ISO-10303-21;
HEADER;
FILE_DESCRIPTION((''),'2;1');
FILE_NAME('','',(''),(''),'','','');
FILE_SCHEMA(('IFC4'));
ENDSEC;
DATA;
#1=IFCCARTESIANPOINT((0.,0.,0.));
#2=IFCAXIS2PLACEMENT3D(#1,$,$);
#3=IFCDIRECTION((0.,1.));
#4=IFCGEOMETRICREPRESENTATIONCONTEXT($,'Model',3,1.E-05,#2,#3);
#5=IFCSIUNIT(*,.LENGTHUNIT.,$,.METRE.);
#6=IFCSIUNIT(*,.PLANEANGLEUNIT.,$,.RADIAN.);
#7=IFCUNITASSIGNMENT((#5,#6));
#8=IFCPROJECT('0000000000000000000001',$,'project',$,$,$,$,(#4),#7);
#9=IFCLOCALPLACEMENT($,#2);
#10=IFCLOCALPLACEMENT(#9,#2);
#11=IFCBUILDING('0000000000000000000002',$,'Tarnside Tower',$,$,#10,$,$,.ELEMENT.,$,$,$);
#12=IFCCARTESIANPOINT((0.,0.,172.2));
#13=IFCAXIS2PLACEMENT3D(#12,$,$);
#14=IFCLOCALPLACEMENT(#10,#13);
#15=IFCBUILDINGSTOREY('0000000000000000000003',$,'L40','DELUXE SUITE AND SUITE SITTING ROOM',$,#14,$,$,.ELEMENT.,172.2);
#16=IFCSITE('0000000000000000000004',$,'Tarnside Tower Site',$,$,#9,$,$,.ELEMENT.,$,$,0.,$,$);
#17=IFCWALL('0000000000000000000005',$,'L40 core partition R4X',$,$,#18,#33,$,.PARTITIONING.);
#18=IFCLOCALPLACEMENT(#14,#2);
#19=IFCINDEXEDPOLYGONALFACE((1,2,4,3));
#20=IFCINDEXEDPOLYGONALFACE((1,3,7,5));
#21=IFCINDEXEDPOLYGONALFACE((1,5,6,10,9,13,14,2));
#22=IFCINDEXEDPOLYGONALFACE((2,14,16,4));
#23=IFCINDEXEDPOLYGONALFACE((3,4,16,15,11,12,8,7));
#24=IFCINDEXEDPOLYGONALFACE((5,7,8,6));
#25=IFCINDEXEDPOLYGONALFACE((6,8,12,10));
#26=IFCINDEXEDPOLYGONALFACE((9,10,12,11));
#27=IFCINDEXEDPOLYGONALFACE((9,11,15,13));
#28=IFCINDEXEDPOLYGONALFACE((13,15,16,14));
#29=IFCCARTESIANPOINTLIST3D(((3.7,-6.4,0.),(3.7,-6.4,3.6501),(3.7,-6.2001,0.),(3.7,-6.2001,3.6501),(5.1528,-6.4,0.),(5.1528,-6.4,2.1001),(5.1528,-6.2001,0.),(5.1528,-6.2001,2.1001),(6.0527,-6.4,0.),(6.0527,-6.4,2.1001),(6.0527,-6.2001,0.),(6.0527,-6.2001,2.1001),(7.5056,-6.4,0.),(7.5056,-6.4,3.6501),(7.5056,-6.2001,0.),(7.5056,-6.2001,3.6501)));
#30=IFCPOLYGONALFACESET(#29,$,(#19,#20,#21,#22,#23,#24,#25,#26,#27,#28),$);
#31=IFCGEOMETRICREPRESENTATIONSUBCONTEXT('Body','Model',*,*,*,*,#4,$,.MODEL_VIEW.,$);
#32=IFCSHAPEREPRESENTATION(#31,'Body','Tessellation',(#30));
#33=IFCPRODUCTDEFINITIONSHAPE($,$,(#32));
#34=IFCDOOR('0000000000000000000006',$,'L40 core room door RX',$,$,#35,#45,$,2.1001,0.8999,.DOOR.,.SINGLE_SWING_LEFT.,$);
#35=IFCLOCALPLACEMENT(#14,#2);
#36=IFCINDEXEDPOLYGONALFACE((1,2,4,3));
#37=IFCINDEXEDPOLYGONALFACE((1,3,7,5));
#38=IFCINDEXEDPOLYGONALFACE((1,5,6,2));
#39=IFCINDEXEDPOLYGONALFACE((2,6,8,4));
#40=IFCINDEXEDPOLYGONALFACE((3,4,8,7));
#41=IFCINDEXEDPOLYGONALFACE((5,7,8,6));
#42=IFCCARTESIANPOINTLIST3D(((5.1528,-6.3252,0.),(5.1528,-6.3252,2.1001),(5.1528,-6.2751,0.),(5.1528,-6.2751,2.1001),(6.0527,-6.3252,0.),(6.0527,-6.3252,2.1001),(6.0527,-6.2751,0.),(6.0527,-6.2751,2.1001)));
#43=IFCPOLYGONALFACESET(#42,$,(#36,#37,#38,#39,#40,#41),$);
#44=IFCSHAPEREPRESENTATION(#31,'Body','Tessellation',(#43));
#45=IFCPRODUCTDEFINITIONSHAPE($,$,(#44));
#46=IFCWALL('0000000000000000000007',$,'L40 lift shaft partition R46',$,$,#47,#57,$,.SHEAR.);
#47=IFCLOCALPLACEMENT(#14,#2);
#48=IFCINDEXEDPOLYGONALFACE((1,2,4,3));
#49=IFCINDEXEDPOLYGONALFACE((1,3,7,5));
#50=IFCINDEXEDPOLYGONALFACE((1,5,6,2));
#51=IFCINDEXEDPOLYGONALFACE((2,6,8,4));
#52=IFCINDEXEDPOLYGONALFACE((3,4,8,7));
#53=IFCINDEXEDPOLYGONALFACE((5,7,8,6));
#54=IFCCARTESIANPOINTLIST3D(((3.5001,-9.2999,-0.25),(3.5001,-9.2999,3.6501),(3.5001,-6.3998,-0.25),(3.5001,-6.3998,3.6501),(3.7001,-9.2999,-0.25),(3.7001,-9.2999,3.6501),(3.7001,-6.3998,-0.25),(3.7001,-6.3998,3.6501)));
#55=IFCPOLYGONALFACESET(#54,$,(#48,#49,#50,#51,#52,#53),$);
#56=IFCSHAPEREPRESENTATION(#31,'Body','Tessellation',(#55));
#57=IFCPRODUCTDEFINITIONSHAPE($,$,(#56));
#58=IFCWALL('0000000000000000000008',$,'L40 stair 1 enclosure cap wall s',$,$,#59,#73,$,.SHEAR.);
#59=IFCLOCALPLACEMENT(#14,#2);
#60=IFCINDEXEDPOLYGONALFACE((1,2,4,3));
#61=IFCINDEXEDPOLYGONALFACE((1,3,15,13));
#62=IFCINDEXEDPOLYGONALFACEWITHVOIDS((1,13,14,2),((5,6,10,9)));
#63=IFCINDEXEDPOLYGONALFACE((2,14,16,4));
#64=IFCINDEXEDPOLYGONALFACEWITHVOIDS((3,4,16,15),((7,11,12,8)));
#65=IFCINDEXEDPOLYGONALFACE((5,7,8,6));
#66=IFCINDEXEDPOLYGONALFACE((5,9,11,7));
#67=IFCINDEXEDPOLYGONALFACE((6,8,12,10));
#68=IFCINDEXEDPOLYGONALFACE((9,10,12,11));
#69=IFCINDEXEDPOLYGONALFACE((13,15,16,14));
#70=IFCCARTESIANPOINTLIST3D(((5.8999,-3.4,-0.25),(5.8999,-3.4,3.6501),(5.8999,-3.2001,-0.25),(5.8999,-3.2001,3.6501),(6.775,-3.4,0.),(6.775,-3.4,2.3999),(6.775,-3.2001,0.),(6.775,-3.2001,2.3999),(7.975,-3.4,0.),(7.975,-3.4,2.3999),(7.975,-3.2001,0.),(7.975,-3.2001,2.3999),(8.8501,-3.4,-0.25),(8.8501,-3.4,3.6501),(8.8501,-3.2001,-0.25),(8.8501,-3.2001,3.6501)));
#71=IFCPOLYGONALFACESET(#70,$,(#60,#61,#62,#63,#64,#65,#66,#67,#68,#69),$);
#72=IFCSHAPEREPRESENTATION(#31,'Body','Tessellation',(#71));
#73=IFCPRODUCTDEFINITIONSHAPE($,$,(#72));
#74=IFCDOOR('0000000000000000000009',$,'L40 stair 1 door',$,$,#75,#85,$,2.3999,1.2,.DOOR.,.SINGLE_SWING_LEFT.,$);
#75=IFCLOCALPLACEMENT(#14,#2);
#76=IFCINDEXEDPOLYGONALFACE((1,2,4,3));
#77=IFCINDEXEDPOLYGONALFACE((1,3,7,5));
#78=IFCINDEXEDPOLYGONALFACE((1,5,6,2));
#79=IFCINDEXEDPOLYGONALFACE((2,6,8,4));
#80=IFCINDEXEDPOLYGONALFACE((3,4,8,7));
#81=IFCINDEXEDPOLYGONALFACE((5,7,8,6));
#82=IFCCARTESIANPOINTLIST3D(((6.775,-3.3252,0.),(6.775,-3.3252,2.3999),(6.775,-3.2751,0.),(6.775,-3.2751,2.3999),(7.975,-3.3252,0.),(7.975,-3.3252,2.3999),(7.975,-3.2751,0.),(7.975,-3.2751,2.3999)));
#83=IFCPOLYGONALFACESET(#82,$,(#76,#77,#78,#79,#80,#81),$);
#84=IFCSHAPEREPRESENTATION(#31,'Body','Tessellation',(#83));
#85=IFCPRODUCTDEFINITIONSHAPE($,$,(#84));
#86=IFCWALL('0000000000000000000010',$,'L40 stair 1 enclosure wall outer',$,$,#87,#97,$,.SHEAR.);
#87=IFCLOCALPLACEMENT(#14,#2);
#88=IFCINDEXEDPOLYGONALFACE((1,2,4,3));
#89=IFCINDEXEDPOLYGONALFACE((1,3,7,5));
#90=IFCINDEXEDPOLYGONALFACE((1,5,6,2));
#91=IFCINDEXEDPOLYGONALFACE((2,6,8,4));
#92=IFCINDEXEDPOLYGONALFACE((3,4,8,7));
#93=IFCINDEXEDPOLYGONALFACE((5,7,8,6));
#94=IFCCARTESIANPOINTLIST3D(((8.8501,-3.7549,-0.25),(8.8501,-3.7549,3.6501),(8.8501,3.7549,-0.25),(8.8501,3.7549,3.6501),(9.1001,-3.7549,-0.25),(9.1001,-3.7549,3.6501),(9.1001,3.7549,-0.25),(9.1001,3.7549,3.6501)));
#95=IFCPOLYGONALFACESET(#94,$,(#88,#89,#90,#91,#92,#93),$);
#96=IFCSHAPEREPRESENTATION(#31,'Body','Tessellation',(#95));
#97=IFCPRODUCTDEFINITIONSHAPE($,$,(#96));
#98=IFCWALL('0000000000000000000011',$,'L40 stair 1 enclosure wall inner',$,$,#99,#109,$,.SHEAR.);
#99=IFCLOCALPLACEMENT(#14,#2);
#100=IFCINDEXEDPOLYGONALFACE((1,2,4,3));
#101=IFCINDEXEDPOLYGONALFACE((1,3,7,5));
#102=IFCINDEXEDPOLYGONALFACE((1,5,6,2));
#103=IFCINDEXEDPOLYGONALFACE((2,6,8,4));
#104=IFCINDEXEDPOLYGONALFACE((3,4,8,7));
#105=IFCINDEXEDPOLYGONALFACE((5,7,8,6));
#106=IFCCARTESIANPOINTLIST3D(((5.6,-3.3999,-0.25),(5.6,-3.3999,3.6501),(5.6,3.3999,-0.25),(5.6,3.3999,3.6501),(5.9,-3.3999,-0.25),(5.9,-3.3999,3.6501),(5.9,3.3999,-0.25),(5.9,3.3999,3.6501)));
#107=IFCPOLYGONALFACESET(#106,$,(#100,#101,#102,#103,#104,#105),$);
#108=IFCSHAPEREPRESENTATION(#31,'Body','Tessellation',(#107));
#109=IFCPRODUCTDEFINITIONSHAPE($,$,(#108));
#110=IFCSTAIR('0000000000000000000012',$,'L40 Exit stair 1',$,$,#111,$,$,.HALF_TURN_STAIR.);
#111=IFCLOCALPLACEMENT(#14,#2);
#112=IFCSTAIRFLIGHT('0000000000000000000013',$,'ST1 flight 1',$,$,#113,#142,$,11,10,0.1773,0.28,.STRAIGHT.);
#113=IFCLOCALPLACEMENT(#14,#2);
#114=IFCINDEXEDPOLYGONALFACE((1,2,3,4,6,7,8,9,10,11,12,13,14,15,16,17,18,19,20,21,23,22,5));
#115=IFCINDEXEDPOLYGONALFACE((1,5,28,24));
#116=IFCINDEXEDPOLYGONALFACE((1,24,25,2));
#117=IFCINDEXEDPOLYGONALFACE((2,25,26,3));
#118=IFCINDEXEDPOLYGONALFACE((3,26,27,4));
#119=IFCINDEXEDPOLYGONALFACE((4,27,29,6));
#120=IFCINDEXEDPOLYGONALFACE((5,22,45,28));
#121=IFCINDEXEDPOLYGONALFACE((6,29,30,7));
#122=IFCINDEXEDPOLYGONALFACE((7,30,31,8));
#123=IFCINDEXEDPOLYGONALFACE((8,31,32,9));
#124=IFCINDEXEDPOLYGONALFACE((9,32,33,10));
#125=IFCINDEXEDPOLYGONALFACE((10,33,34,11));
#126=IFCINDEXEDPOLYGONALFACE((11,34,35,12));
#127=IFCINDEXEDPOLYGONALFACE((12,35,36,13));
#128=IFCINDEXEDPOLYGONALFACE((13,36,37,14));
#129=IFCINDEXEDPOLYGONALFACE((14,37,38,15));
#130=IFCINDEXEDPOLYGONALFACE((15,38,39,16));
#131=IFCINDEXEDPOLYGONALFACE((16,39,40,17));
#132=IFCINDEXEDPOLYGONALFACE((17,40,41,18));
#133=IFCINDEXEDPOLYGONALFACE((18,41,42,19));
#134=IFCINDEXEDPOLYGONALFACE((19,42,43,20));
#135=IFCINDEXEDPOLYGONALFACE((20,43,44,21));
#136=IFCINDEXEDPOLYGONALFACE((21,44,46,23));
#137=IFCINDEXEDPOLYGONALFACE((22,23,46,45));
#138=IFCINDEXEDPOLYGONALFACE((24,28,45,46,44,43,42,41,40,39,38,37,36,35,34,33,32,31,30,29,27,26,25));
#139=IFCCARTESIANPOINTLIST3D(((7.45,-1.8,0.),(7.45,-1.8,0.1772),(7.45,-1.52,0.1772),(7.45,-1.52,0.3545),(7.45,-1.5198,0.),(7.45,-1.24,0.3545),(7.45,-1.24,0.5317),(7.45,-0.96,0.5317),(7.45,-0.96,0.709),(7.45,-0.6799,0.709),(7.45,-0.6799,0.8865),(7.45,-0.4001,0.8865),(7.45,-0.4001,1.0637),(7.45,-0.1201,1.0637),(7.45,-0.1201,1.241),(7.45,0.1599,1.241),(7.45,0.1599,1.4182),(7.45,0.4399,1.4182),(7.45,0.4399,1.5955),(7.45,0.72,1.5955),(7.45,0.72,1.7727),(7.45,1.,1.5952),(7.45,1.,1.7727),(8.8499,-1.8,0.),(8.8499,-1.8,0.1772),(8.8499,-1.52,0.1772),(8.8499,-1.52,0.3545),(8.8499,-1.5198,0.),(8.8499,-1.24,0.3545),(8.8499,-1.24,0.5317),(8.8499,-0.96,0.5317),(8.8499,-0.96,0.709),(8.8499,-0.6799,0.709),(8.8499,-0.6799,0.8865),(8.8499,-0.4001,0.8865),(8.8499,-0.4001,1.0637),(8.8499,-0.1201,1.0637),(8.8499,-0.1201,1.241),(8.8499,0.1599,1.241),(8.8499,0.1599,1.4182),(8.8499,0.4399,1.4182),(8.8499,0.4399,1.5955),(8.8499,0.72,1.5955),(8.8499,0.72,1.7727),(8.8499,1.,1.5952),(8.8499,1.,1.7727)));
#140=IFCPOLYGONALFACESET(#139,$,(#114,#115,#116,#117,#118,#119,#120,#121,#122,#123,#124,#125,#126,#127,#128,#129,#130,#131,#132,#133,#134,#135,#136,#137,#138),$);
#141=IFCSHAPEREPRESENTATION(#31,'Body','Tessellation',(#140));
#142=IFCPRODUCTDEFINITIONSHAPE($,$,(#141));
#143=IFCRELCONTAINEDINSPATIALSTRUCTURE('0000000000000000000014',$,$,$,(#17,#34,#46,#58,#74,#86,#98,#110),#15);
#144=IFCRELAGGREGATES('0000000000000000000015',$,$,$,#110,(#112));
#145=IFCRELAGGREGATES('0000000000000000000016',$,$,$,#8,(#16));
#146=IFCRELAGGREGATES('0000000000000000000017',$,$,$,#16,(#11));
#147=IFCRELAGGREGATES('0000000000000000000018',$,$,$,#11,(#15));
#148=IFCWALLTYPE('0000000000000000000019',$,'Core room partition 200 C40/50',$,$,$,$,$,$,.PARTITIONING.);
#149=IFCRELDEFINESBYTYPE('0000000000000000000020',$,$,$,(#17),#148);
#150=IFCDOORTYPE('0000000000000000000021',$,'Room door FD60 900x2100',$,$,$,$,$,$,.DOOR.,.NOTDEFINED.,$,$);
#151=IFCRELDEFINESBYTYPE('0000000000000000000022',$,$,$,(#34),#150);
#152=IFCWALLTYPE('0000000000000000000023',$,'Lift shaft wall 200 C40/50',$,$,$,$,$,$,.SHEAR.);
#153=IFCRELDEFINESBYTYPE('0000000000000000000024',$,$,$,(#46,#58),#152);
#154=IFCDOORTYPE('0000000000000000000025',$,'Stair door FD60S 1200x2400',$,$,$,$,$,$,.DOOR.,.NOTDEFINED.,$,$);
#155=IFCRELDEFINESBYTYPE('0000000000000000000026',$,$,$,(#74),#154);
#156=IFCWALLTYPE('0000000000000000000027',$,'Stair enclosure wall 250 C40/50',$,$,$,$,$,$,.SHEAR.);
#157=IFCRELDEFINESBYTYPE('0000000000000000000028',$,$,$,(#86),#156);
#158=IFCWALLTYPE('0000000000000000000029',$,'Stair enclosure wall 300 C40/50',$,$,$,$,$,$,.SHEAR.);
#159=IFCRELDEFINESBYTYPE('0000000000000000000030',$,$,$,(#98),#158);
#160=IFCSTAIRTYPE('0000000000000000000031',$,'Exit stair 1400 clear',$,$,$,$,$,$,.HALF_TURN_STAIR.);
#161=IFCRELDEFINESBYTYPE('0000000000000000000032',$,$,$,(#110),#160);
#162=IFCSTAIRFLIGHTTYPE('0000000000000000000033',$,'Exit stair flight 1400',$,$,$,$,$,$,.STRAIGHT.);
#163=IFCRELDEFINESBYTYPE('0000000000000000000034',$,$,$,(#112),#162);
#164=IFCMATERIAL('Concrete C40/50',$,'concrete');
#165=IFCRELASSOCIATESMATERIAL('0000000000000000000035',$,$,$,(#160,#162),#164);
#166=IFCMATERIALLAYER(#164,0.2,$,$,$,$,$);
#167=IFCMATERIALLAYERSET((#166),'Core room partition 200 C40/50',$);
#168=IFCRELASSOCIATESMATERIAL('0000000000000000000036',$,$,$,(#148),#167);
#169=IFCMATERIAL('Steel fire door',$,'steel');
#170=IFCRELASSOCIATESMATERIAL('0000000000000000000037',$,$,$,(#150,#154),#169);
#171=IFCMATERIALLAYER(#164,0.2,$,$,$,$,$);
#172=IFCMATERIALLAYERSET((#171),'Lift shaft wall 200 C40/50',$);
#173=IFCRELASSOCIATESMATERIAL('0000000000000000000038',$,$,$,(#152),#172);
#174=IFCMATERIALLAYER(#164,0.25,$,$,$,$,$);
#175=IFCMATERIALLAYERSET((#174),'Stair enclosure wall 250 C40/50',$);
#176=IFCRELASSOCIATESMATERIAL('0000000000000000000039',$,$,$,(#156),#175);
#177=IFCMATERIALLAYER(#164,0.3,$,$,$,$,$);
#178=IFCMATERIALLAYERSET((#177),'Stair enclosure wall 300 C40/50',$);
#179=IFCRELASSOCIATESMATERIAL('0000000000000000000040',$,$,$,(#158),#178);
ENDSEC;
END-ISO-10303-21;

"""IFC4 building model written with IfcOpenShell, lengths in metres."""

from ifc_helpers import new_model, si_unit, direction, frame, frame_2d, origin, place, context, subcontext, project, spatial, polyline, rectangle, outline, extrude, material, layer, layer_set, type_object, element, fill, aggregate, save


model = new_model("IFC4")

# Units and contexts
model_context = context("Model", 3, precision=1e-05, world=origin(), true_north=direction((0.0, 1.0)))
body_context = subcontext(model_context, "Body", "Model", "MODEL_VIEW")
ifc_project = project(units=[si_unit("LENGTHUNIT", "METRE"), si_unit("PLANEANGLEUNIT", "RADIAN")], contexts=[model_context])

# Site, building, storey
site_placement = place(None, origin())
site = spatial("IfcSite", under=ifc_project, at=site_placement, Name="Tarnside Tower Site", CompositionType="ELEMENT", RefElevation=0.0)
building_placement = place(site_placement, origin())
building = spatial("IfcBuilding", under=site, at=building_placement, Name="Tarnside Tower", CompositionType="ELEMENT")
storey_placement = place(building_placement, frame((0.0, 0.0, 172.2)))
storey = spatial("IfcBuildingStorey", under=building, at=storey_placement, Name="L40", Description="DELUXE SUITE AND SUITE SITTING ROOM", CompositionType="ELEMENT", Elevation=172.2)

# Shared definitions
ifc_material_1 = material(Name="Concrete C40/50", Category="concrete")

# Shared definitions
stair_type = type_object("IfcStairType", Name="Exit stair 1400 clear", PredefinedType="HALF_TURN_STAIR", material=ifc_material_1)

# Shared definitions
ifc_layer_1 = layer(ifc_material_1, 0.2)
ifc_layer_set_1 = layer_set([ifc_layer_1], Name="Core room partition 200 C40/50")
wall_type_1 = type_object("IfcWallType", Name="Core room partition 200 C40/50", PredefinedType="PARTITIONING", material=ifc_layer_set_1)
ifc_material_2 = material(Name="Steel fire door", Category="steel")
door_type_1 = type_object("IfcDoorType", Name="Room door FD60 900x2100", OperationType="NOTDEFINED", PredefinedType="DOOR", material=ifc_material_2)

# Wall, opening, door
wall_1_placement = place(storey_placement, frame((3.7, -6.3, 0.0), z_axis=(0.0, 0.0, 1.0), x_axis=(1.0, 0.0, 0.0)))
wall_1 = element("IfcWall", 1, at=wall_1_placement, inside=storey, type_object=wall_type_1, Name="L40 core partition R4X", PredefinedType="PARTITIONING", context=body_context, shape_type="SweptSolid", body=[
    extrude(rectangle(XDim=3.8057, YDim=0.2, at=frame_2d((1.9028, 0.0))), origin(), (0.0, 0.0, 1.0), 3.6501),
])
opening_1_placement = place(wall_1_placement, frame((1.4529, 0.0, 0.0)))
opening_1 = element("IfcOpeningElement", 2, at=opening_1_placement, cuts=wall_1, PredefinedType="OPENING", context=body_context, shape_type="SweptSolid", body=[
    extrude(rectangle(XDim=0.8999, YDim=2.1001, at=frame_2d((0.45, 1.05))), frame((0.0, 0.1099, 0.0), z_axis=(0.0, -1.0, 0.0), x_axis=(1.0, 0.0, 0.0)), (0.0, 0.0, 1.0), 0.22),
])
door_1_placement = place(opening_1_placement, origin())
door_1 = element("IfcDoor", 3, at=door_1_placement, inside=storey, type_object=door_type_1, Name="L40 core room door RX", OperationType="SINGLE_SWING_LEFT", OverallHeight=2.1001, OverallWidth=0.8999, PredefinedType="DOOR", context=body_context, shape_type="SweptSolid", body=[
    extrude(rectangle(XDim=0.8999, YDim=2.1001, at=frame_2d((0.45, 1.05))), frame((0.0, 0.0249, 0.0), z_axis=(0.0, -1.0, 0.0), x_axis=(1.0, 0.0, 0.0)), (0.0, 0.0, 1.0), 0.05),
])
fill(opening_1, door_1)

# Wall
ifc_layer_2 = layer(ifc_material_1, 0.2)
ifc_layer_set_2 = layer_set([ifc_layer_2], Name="Lift shaft wall 200 C40/50")
wall_type_2 = type_object("IfcWallType", Name="Lift shaft wall 200 C40/50", PredefinedType="SHEAR", material=ifc_layer_set_2)
wall_2_placement = place(storey_placement, frame((3.6001, -9.3, -0.25), z_axis=(0.0, 0.0, 1.0), x_axis=(0.0, 1.0, 0.0)))
element("IfcWall", 4, at=wall_2_placement, inside=storey, type_object=wall_type_2, Name="L40 lift shaft partition R46", PredefinedType="SHEAR", context=body_context, shape_type="SweptSolid", body=[
    extrude(rectangle(XDim=2.9001, YDim=0.2, at=frame_2d((1.4502, 0.0))), origin(), (0.0, 0.0, 1.0), 3.9001),
])

# Wall, opening, door
wall_3_placement = place(storey_placement, frame((5.8999, -3.3, -0.25), z_axis=(0.0, 0.0, 1.0), x_axis=(1.0, 0.0, 0.0)))
wall_3 = element("IfcWall", 5, at=wall_3_placement, inside=storey, type_object=wall_type_2, Name="L40 stair 1 enclosure cap wall s", PredefinedType="SHEAR", context=body_context, shape_type="SweptSolid", body=[
    extrude(rectangle(XDim=2.9502, YDim=0.2, at=frame_2d((1.4751, 0.0))), origin(), (0.0, 0.0, 1.0), 3.9001),
])
opening_2_placement = place(wall_3_placement, frame((0.875, 0.0, 0.25)))
opening_2 = element("IfcOpeningElement", 6, at=opening_2_placement, cuts=wall_3, PredefinedType="OPENING", context=body_context, shape_type="SweptSolid", body=[
    extrude(rectangle(XDim=1.2, YDim=2.3999, at=frame_2d((0.6001, 1.2))), frame((0.0, 0.1099, 0.0), z_axis=(0.0, -1.0, 0.0), x_axis=(1.0, 0.0, 0.0)), (0.0, 0.0, 1.0), 0.22),
])
door_type_2 = type_object("IfcDoorType", Name="Stair door FD60S 1200x2400", OperationType="NOTDEFINED", PredefinedType="DOOR", material=ifc_material_2)
door_2_placement = place(opening_2_placement, origin())
door_2 = element("IfcDoor", 7, at=door_2_placement, inside=storey, type_object=door_type_2, Name="L40 stair 1 door", OperationType="SINGLE_SWING_LEFT", OverallHeight=2.3999, OverallWidth=1.2, PredefinedType="DOOR", context=body_context, shape_type="SweptSolid", body=[
    extrude(rectangle(XDim=1.2, YDim=2.3999, at=frame_2d((0.6001, 1.2))), frame((0.0, 0.0249, 0.0), z_axis=(0.0, -1.0, 0.0), x_axis=(1.0, 0.0, 0.0)), (0.0, 0.0, 1.0), 0.05),
])
fill(opening_2, door_2)

# Walls
ifc_layer_3 = layer(ifc_material_1, 0.25)
ifc_layer_set_3 = layer_set([ifc_layer_3], Name="Stair enclosure wall 250 C40/50")
wall_type_3 = type_object("IfcWallType", Name="Stair enclosure wall 250 C40/50", PredefinedType="SHEAR", material=ifc_layer_set_3)
wall_4_placement = place(storey_placement, frame((8.9751, -3.7549, -0.25), z_axis=(0.0, 0.0, 1.0), x_axis=(0.0, 1.0, 0.0)))
element("IfcWall", 8, at=wall_4_placement, inside=storey, type_object=wall_type_3, Name="L40 stair 1 enclosure wall outer", PredefinedType="SHEAR", context=body_context, shape_type="SweptSolid", body=[
    extrude(rectangle(XDim=7.5098, YDim=0.25, at=frame_2d((3.7549, 0.0))), origin(), (0.0, 0.0, 1.0), 3.9001),
])
ifc_layer_4 = layer(ifc_material_1, 0.3)
ifc_layer_set_4 = layer_set([ifc_layer_4], Name="Stair enclosure wall 300 C40/50")
wall_type_4 = type_object("IfcWallType", Name="Stair enclosure wall 300 C40/50", PredefinedType="SHEAR", material=ifc_layer_set_4)
wall_5_placement = place(storey_placement, frame((5.75, -3.3999, -0.25), z_axis=(0.0, 0.0, 1.0), x_axis=(0.0, 1.0, 0.0)))
element("IfcWall", 9, at=wall_5_placement, inside=storey, type_object=wall_type_4, Name="L40 stair 1 enclosure wall inner", PredefinedType="SHEAR", context=body_context, shape_type="SweptSolid", body=[
    extrude(rectangle(XDim=6.7998, YDim=0.3, at=frame_2d((3.3999, 0.0))), origin(), (0.0, 0.0, 1.0), 3.9001),
])

# Stair, stair flight
stair_1_placement = place(storey_placement, origin())
stair_1 = element("IfcStair", 10, at=stair_1_placement, inside=storey, type_object=stair_type, Name="L40 Exit stair 1", PredefinedType="HALF_TURN_STAIR")
stair_flight_type = type_object("IfcStairFlightType", Name="Exit stair flight 1400", PredefinedType="STRAIGHT", material=ifc_material_1)
stair_flight_placement = place(storey_placement, frame((8.1499, -1.8, 0.0), z_axis=(0.0, 0.0, 1.0), x_axis=(0.0, 1.0, 0.0)))
stair_flight = element("IfcStairFlight", 11, at=stair_flight_placement, type_object=stair_flight_type, Name="ST1 flight 1", NumberOfRisers=11, NumberOfTreads=10, PredefinedType="STRAIGHT", RiserHeight=0.1773, TreadLength=0.28, context=body_context, shape_type="SweptSolid", body=[
    extrude(outline(polyline([(0.0, 0.0), (0.0, 0.1772), (0.28, 0.1772), (0.28, 0.3545), (0.5601, 0.3545), (0.5601, 0.5317), (0.8401, 0.5317), (0.8401, 0.709), (1.1201, 0.709), (1.1201, 0.8865), (1.3999, 0.8865), (1.3999, 1.0637), (1.6799, 1.0637), (1.6799, 1.241), (1.96, 1.241), (1.96, 1.4182), (2.24, 1.4182), (2.24, 1.5955), (2.52, 1.5955), (2.52, 1.7727), (2.8, 1.7727), (2.8, 1.95), (2.8, 1.5952), (0.2803, 0.0), (0.0, 0.0)])), frame((0.0, 0.7, 0.0), z_axis=(0.0, -1.0, 0.0), x_axis=(1.0, 0.0, 0.0)), (0.0, 0.0, 1.0), 1.3999),
])
aggregate(stair_1, [stair_flight])

save(model, "model.ifc")
